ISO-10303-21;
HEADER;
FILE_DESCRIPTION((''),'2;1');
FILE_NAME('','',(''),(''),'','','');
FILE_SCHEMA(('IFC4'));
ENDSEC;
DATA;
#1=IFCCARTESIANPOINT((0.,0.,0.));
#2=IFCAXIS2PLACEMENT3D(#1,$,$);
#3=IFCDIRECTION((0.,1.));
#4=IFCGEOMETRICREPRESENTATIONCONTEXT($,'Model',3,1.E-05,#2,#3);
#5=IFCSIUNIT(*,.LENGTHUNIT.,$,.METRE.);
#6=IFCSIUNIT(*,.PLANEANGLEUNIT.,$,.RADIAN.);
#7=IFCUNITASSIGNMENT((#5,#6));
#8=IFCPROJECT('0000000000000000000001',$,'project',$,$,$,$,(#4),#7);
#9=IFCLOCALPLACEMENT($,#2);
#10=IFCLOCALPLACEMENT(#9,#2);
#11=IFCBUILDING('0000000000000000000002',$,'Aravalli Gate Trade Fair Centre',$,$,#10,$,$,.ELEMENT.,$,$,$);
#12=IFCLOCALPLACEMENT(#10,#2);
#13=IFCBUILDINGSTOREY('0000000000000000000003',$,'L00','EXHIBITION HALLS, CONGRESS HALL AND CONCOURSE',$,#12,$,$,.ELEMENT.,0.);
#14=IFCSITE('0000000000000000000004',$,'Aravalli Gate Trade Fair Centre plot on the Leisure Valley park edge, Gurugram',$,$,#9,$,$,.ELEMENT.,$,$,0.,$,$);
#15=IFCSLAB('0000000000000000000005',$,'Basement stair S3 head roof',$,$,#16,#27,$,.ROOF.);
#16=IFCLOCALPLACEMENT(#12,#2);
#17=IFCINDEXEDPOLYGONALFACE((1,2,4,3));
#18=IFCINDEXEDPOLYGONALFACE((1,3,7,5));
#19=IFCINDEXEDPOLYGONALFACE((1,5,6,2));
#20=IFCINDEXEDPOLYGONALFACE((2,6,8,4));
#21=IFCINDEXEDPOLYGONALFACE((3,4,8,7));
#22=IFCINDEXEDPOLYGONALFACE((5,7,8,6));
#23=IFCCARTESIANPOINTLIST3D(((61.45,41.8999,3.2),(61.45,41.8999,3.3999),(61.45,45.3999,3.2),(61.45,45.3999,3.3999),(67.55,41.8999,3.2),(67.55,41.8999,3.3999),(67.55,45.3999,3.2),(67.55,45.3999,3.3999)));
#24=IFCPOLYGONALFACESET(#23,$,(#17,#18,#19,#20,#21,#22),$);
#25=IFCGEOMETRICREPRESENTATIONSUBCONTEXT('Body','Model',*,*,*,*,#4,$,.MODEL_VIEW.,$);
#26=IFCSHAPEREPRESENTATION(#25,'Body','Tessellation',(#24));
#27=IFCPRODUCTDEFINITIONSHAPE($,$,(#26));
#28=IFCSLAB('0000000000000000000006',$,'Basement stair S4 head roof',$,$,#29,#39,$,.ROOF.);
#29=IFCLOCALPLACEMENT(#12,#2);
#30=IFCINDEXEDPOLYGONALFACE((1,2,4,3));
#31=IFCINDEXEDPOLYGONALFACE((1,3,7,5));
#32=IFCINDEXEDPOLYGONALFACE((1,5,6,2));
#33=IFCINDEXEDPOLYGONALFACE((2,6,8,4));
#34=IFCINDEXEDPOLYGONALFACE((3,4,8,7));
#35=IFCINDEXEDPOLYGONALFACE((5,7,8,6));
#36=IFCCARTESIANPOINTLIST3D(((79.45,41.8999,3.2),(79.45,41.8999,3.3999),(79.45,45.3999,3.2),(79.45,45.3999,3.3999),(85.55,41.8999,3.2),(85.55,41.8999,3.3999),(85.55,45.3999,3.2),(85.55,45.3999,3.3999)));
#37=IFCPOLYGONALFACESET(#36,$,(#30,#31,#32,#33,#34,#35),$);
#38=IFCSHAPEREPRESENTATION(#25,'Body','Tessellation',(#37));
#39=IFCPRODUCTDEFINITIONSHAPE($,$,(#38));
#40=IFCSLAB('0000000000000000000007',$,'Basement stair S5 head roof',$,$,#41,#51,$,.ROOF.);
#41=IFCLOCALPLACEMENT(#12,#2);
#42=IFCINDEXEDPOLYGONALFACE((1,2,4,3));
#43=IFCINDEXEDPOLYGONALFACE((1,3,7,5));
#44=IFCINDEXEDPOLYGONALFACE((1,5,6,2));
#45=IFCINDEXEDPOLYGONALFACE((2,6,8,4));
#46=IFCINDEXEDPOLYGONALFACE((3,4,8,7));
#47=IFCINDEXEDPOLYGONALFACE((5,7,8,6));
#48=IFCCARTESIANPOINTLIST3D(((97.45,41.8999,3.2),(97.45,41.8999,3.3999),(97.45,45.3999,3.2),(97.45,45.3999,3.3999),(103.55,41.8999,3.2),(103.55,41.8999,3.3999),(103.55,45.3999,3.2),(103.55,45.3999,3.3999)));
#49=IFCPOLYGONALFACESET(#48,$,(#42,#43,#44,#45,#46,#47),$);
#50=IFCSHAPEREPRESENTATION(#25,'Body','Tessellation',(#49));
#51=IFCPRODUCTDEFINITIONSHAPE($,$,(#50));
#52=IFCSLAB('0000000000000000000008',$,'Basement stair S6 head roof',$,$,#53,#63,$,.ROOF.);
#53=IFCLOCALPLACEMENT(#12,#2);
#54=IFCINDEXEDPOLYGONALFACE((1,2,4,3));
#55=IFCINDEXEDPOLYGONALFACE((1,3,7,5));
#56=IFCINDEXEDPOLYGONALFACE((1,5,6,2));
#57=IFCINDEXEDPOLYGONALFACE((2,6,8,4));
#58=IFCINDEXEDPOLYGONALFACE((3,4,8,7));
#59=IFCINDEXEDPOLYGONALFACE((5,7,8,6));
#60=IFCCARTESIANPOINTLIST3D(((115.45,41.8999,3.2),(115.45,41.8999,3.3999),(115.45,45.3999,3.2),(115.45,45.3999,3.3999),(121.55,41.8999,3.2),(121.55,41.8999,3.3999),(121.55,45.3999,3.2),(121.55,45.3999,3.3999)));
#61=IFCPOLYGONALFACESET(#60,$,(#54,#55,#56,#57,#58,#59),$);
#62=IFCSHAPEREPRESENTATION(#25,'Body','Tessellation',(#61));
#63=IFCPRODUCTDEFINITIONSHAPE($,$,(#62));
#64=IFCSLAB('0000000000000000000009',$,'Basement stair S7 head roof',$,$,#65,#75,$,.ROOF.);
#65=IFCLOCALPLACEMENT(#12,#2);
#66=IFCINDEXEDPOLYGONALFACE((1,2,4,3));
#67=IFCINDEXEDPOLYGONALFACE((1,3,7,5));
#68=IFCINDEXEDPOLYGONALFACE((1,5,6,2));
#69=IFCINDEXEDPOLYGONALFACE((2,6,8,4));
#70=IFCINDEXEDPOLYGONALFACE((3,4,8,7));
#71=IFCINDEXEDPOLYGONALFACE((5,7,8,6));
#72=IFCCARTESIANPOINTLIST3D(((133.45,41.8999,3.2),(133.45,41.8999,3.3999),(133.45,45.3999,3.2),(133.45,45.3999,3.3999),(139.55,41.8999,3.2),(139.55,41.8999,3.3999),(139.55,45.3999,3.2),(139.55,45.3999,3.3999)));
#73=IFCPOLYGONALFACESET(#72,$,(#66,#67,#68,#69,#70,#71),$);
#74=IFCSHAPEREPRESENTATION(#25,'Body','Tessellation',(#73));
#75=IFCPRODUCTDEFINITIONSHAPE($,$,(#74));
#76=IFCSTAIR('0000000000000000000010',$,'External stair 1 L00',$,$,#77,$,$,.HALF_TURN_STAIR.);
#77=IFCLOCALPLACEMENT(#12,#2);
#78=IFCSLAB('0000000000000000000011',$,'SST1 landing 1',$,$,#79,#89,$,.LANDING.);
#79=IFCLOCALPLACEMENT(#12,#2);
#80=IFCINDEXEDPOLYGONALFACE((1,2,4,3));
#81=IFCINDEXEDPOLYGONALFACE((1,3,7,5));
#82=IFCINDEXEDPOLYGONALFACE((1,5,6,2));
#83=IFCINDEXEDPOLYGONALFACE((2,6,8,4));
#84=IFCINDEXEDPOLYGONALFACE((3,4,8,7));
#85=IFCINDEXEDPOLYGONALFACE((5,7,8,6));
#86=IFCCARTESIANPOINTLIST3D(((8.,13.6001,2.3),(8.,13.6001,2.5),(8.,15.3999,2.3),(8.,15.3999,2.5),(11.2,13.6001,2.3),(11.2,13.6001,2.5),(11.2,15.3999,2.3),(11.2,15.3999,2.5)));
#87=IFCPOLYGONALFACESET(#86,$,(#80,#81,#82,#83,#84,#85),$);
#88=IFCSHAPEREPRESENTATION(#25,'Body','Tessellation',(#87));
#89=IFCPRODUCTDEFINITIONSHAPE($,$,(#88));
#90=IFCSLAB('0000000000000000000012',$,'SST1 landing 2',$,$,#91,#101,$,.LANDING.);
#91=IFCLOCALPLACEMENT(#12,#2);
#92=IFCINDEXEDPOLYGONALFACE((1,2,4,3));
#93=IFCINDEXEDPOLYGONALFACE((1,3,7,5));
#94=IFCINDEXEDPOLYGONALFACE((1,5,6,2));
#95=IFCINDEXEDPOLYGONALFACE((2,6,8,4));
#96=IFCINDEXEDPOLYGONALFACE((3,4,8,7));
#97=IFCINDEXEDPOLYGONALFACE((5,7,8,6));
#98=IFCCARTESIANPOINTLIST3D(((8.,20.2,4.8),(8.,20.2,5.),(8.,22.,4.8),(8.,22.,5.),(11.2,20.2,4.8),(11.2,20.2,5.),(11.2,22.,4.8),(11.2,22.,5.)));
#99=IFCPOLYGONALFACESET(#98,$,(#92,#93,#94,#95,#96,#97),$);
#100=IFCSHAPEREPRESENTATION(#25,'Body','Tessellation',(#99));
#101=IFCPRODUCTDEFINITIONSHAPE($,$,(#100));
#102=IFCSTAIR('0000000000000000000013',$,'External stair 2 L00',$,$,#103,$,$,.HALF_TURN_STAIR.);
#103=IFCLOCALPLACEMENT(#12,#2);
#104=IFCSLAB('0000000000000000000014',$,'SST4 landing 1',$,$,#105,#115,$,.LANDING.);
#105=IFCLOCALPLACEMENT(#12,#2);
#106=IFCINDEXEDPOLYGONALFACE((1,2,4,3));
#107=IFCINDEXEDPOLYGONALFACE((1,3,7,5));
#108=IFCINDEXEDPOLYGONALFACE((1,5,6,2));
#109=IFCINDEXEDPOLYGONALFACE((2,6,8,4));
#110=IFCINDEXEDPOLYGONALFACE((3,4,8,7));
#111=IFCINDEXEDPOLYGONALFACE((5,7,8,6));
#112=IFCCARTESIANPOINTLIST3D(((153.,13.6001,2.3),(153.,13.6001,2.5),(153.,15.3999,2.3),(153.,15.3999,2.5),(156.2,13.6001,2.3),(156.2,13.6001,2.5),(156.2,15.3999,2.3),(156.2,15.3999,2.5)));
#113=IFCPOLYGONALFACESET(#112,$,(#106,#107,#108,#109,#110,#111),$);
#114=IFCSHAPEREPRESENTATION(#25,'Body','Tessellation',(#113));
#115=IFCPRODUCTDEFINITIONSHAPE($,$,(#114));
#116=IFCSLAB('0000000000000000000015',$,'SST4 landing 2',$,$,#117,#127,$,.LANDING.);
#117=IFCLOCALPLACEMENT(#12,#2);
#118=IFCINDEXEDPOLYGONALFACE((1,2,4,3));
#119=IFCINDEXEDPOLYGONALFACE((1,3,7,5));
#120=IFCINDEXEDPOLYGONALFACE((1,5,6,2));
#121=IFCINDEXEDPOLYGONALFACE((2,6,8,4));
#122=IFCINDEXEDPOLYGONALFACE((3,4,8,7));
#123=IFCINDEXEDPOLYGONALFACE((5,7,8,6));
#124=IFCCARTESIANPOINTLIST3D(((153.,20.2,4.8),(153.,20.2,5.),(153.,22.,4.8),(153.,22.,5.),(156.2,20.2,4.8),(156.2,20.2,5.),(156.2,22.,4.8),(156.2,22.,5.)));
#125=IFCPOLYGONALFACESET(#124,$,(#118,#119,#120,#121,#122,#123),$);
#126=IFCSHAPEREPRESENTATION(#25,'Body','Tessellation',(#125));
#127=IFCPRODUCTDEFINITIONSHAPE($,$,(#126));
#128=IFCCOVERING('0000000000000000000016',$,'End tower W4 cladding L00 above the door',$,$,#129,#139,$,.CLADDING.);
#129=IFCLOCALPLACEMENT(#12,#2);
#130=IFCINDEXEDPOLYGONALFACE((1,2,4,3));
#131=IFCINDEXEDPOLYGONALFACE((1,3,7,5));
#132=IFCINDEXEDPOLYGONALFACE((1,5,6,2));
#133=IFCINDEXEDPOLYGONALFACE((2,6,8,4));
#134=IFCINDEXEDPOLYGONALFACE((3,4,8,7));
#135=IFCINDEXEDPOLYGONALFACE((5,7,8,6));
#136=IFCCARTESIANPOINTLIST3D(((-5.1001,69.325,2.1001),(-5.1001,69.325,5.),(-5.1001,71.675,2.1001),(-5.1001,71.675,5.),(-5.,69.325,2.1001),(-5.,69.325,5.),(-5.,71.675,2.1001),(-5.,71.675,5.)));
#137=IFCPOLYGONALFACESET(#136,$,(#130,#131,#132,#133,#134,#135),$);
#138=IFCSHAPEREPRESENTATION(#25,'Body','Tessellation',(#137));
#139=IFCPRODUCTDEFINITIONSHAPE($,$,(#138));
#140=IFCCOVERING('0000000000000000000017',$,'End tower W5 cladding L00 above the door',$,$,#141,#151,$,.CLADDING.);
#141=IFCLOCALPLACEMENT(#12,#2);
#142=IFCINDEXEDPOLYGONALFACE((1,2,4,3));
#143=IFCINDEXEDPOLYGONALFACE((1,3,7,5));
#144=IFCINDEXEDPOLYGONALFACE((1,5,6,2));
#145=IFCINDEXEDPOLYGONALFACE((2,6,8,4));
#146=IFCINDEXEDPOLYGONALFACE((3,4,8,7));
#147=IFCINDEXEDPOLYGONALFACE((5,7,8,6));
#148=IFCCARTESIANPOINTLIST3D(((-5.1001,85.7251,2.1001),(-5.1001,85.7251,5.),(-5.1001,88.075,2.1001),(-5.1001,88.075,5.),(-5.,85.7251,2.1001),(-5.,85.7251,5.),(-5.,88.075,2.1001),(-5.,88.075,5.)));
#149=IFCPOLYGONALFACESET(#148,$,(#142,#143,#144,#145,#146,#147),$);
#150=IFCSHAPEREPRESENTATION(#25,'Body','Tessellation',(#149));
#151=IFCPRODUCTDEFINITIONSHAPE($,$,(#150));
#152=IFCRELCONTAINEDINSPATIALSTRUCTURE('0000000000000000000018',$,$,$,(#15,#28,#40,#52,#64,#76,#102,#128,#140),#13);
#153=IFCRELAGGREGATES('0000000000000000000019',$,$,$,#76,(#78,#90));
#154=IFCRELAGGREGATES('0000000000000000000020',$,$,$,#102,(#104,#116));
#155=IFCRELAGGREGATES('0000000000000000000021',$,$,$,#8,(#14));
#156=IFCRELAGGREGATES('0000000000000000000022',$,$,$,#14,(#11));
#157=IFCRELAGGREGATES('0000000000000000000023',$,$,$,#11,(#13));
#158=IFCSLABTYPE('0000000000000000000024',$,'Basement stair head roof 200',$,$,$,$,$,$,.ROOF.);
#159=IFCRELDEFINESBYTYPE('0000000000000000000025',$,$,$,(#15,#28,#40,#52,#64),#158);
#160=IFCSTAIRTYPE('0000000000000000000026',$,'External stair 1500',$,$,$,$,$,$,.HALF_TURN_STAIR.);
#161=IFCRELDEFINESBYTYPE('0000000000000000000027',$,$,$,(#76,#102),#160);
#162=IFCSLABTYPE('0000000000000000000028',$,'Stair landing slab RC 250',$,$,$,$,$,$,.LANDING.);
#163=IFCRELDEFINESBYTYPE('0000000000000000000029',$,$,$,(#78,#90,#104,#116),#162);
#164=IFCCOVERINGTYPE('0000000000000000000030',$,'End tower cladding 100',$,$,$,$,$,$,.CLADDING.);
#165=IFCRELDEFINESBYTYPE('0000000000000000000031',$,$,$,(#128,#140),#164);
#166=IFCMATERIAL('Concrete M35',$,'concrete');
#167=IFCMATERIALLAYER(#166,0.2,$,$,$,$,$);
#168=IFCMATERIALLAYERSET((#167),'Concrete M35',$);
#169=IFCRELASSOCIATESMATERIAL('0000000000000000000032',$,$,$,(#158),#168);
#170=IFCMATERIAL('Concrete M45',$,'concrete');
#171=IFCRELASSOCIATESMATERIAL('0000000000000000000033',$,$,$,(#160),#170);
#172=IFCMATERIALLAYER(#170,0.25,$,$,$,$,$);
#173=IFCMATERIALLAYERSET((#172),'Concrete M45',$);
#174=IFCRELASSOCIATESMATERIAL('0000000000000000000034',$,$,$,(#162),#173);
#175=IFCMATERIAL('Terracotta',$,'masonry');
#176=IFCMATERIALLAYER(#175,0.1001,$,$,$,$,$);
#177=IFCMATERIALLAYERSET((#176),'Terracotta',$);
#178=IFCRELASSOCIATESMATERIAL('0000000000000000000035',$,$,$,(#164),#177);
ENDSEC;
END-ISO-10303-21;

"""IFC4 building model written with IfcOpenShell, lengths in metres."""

from ifc_helpers import new_model, si_unit, direction, frame, origin, place, context, subcontext, project, spatial, polyline, outline, extrude, material, layer, layer_set, type_object, element, aggregate, save


model = new_model("IFC4")

# Units and contexts
model_context = context("Model", 3, precision=1e-05, world=origin(), true_north=direction((0.0, 1.0)))
body_context = subcontext(model_context, "Body", "Model", "MODEL_VIEW")
ifc_project = project(units=[si_unit("LENGTHUNIT", "METRE"), si_unit("PLANEANGLEUNIT", "RADIAN")], contexts=[model_context])

# Site, building, storey
site_placement = place(None, origin())
site = spatial("IfcSite", under=ifc_project, at=site_placement, Name="Aravalli Gate Trade Fair Centre plot on the Leisure Valley park edge, Gurugram", CompositionType="ELEMENT", RefElevation=0.0)
building_placement = place(site_placement, origin())
building = spatial("IfcBuilding", under=site, at=building_placement, Name="Aravalli Gate Trade Fair Centre", CompositionType="ELEMENT")
storey_placement = place(building_placement, origin())
storey = spatial("IfcBuildingStorey", under=building, at=storey_placement, Name="L00", Description="EXHIBITION HALLS, CONGRESS HALL AND CONCOURSE", CompositionType="ELEMENT", Elevation=0.0)

# Slabs
ifc_material_1 = material(Name="Concrete M35", Category="concrete")
ifc_layer_1 = layer(ifc_material_1, 0.2)
ifc_layer_set_1 = layer_set([ifc_layer_1], Name="Concrete M35")
slab_type_1 = type_object("IfcSlabType", Name="Basement stair head roof 200", PredefinedType="ROOF", material=ifc_layer_set_1)
slab_1_placement = place(storey_placement, frame((0.0, 0.0, 3.2)))
element("IfcSlab", 1, at=slab_1_placement, inside=storey, type_object=slab_type_1, Name="Basement stair S3 head roof", PredefinedType="ROOF", context=body_context, shape_type="SweptSolid", body=[
    extrude(outline(polyline([(61.45, 45.3999), (67.55, 45.3999), (67.55, 41.8999), (61.45, 41.8999), (61.45, 45.3999)])), origin(), (0.0, 0.0, 1.0), 0.2),
])
slab_2_placement = place(storey_placement, frame((0.0, 0.0, 3.2)))
element("IfcSlab", 2, at=slab_2_placement, inside=storey, type_object=slab_type_1, Name="Basement stair S4 head roof", PredefinedType="ROOF", context=body_context, shape_type="SweptSolid", body=[
    extrude(outline(polyline([(79.45, 45.3999), (85.55, 45.3999), (85.55, 41.8999), (79.45, 41.8999), (79.45, 45.3999)])), origin(), (0.0, 0.0, 1.0), 0.2),
])
slab_3_placement = place(storey_placement, frame((0.0, 0.0, 3.2)))
element("IfcSlab", 3, at=slab_3_placement, inside=storey, type_object=slab_type_1, Name="Basement stair S5 head roof", PredefinedType="ROOF", context=body_context, shape_type="SweptSolid", body=[
    extrude(outline(polyline([(97.45, 45.3999), (103.55, 45.3999), (103.55, 41.8999), (97.45, 41.8999), (97.45, 45.3999)])), origin(), (0.0, 0.0, 1.0), 0.2),
])
slab_4_placement = place(storey_placement, frame((0.0, 0.0, 3.2)))
element("IfcSlab", 4, at=slab_4_placement, inside=storey, type_object=slab_type_1, Name="Basement stair S6 head roof", PredefinedType="ROOF", context=body_context, shape_type="SweptSolid", body=[
    extrude(outline(polyline([(115.45, 45.3999), (121.55, 45.3999), (121.55, 41.8999), (115.45, 41.8999), (115.45, 45.3999)])), origin(), (0.0, 0.0, 1.0), 0.2),
])
slab_5_placement = place(storey_placement, frame((0.0, 0.0, 3.2)))
element("IfcSlab", 5, at=slab_5_placement, inside=storey, type_object=slab_type_1, Name="Basement stair S7 head roof", PredefinedType="ROOF", context=body_context, shape_type="SweptSolid", body=[
    extrude(outline(polyline([(133.45, 45.3999), (139.55, 45.3999), (139.55, 41.8999), (133.45, 41.8999), (133.45, 45.3999)])), origin(), (0.0, 0.0, 1.0), 0.2),
])

# Stairs, slabs
ifc_material_2 = material(Name="Concrete M45", Category="concrete")
stair_type = type_object("IfcStairType", Name="External stair 1500", PredefinedType="HALF_TURN_STAIR", material=ifc_material_2)
stair_1_placement = place(storey_placement, origin())
stair_1 = element("IfcStair", 6, at=stair_1_placement, inside=storey, type_object=stair_type, Name="External stair 1 L00", PredefinedType="HALF_TURN_STAIR")
ifc_layer_2 = layer(ifc_material_2, 0.25)
ifc_layer_set_2 = layer_set([ifc_layer_2], Name="Concrete M45")
slab_type_2 = type_object("IfcSlabType", Name="Stair landing slab RC 250", PredefinedType="LANDING", material=ifc_layer_set_2)
slab_6_placement = place(storey_placement, frame((0.0, 0.0, 2.3)))
slab_6 = element("IfcSlab", 7, at=slab_6_placement, type_object=slab_type_2, Name="SST1 landing 1", PredefinedType="LANDING", context=body_context, shape_type="SweptSolid", body=[
    extrude(outline(polyline([(8.0, 13.6001), (11.2, 13.6001), (11.2, 15.3999), (8.0, 15.3999), (8.0, 13.6001)])), origin(), (0.0, 0.0, 1.0), 0.2),
])
slab_7_placement = place(storey_placement, frame((0.0, 0.0, 4.8)))
slab_7 = element("IfcSlab", 8, at=slab_7_placement, type_object=slab_type_2, Name="SST1 landing 2", PredefinedType="LANDING", context=body_context, shape_type="SweptSolid", body=[
    extrude(outline(polyline([(8.0, 20.2), (11.2, 20.2), (11.2, 22.0), (8.0, 22.0), (8.0, 20.2)])), origin(), (0.0, 0.0, 1.0), 0.2),
])
aggregate(stair_1, [slab_6, slab_7])
stair_2_placement = place(storey_placement, origin())
stair_2 = element("IfcStair", 9, at=stair_2_placement, inside=storey, type_object=stair_type, Name="External stair 2 L00", PredefinedType="HALF_TURN_STAIR")
slab_8_placement = place(storey_placement, frame((0.0, 0.0, 2.3)))
slab_8 = element("IfcSlab", 10, at=slab_8_placement, type_object=slab_type_2, Name="SST4 landing 1", PredefinedType="LANDING", context=body_context, shape_type="SweptSolid", body=[
    extrude(outline(polyline([(153.0, 13.6001), (156.2, 13.6001), (156.2, 15.3999), (153.0, 15.3999), (153.0, 13.6001)])), origin(), (0.0, 0.0, 1.0), 0.2),
])
slab_9_placement = place(storey_placement, frame((0.0, 0.0, 4.8)))
slab_9 = element("IfcSlab", 11, at=slab_9_placement, type_object=slab_type_2, Name="SST4 landing 2", PredefinedType="LANDING", context=body_context, shape_type="SweptSolid", body=[
    extrude(outline(polyline([(153.0, 20.2), (156.2, 20.2), (156.2, 22.0), (153.0, 22.0), (153.0, 20.2)])), origin(), (0.0, 0.0, 1.0), 0.2),
])
aggregate(stair_2, [slab_8, slab_9])

# Coverings
ifc_material_3 = material(Name="Terracotta", Category="masonry")
ifc_layer_3 = layer(ifc_material_3, 0.1001)
ifc_layer_set_3 = layer_set([ifc_layer_3], Name="Terracotta")
covering_type = type_object("IfcCoveringType", Name="End tower cladding 100", PredefinedType="CLADDING", material=ifc_layer_set_3)
covering_1_placement = place(storey_placement, frame((0.0, 0.0, 2.1001)))
element("IfcCovering", 12, at=covering_1_placement, inside=storey, type_object=covering_type, Name="End tower W4 cladding L00 above the door", PredefinedType="CLADDING", context=body_context, shape_type="SweptSolid", body=[
    extrude(outline(polyline([(-5.0, 69.325), (-5.1001, 69.325), (-5.1001, 71.675), (-5.0, 71.675), (-5.0, 69.325)])), origin(), (0.0, 0.0, 1.0), 2.8999),
])
covering_2_placement = place(storey_placement, frame((0.0, 0.0, 2.1001)))
element("IfcCovering", 13, at=covering_2_placement, inside=storey, type_object=covering_type, Name="End tower W5 cladding L00 above the door", PredefinedType="CLADDING", context=body_context, shape_type="SweptSolid", body=[
    extrude(outline(polyline([(-5.0, 85.7251), (-5.1001, 85.7251), (-5.1001, 88.075), (-5.0, 88.075), (-5.0, 85.7251)])), origin(), (0.0, 0.0, 1.0), 2.8999),
])

save(model, "model.ifc")
